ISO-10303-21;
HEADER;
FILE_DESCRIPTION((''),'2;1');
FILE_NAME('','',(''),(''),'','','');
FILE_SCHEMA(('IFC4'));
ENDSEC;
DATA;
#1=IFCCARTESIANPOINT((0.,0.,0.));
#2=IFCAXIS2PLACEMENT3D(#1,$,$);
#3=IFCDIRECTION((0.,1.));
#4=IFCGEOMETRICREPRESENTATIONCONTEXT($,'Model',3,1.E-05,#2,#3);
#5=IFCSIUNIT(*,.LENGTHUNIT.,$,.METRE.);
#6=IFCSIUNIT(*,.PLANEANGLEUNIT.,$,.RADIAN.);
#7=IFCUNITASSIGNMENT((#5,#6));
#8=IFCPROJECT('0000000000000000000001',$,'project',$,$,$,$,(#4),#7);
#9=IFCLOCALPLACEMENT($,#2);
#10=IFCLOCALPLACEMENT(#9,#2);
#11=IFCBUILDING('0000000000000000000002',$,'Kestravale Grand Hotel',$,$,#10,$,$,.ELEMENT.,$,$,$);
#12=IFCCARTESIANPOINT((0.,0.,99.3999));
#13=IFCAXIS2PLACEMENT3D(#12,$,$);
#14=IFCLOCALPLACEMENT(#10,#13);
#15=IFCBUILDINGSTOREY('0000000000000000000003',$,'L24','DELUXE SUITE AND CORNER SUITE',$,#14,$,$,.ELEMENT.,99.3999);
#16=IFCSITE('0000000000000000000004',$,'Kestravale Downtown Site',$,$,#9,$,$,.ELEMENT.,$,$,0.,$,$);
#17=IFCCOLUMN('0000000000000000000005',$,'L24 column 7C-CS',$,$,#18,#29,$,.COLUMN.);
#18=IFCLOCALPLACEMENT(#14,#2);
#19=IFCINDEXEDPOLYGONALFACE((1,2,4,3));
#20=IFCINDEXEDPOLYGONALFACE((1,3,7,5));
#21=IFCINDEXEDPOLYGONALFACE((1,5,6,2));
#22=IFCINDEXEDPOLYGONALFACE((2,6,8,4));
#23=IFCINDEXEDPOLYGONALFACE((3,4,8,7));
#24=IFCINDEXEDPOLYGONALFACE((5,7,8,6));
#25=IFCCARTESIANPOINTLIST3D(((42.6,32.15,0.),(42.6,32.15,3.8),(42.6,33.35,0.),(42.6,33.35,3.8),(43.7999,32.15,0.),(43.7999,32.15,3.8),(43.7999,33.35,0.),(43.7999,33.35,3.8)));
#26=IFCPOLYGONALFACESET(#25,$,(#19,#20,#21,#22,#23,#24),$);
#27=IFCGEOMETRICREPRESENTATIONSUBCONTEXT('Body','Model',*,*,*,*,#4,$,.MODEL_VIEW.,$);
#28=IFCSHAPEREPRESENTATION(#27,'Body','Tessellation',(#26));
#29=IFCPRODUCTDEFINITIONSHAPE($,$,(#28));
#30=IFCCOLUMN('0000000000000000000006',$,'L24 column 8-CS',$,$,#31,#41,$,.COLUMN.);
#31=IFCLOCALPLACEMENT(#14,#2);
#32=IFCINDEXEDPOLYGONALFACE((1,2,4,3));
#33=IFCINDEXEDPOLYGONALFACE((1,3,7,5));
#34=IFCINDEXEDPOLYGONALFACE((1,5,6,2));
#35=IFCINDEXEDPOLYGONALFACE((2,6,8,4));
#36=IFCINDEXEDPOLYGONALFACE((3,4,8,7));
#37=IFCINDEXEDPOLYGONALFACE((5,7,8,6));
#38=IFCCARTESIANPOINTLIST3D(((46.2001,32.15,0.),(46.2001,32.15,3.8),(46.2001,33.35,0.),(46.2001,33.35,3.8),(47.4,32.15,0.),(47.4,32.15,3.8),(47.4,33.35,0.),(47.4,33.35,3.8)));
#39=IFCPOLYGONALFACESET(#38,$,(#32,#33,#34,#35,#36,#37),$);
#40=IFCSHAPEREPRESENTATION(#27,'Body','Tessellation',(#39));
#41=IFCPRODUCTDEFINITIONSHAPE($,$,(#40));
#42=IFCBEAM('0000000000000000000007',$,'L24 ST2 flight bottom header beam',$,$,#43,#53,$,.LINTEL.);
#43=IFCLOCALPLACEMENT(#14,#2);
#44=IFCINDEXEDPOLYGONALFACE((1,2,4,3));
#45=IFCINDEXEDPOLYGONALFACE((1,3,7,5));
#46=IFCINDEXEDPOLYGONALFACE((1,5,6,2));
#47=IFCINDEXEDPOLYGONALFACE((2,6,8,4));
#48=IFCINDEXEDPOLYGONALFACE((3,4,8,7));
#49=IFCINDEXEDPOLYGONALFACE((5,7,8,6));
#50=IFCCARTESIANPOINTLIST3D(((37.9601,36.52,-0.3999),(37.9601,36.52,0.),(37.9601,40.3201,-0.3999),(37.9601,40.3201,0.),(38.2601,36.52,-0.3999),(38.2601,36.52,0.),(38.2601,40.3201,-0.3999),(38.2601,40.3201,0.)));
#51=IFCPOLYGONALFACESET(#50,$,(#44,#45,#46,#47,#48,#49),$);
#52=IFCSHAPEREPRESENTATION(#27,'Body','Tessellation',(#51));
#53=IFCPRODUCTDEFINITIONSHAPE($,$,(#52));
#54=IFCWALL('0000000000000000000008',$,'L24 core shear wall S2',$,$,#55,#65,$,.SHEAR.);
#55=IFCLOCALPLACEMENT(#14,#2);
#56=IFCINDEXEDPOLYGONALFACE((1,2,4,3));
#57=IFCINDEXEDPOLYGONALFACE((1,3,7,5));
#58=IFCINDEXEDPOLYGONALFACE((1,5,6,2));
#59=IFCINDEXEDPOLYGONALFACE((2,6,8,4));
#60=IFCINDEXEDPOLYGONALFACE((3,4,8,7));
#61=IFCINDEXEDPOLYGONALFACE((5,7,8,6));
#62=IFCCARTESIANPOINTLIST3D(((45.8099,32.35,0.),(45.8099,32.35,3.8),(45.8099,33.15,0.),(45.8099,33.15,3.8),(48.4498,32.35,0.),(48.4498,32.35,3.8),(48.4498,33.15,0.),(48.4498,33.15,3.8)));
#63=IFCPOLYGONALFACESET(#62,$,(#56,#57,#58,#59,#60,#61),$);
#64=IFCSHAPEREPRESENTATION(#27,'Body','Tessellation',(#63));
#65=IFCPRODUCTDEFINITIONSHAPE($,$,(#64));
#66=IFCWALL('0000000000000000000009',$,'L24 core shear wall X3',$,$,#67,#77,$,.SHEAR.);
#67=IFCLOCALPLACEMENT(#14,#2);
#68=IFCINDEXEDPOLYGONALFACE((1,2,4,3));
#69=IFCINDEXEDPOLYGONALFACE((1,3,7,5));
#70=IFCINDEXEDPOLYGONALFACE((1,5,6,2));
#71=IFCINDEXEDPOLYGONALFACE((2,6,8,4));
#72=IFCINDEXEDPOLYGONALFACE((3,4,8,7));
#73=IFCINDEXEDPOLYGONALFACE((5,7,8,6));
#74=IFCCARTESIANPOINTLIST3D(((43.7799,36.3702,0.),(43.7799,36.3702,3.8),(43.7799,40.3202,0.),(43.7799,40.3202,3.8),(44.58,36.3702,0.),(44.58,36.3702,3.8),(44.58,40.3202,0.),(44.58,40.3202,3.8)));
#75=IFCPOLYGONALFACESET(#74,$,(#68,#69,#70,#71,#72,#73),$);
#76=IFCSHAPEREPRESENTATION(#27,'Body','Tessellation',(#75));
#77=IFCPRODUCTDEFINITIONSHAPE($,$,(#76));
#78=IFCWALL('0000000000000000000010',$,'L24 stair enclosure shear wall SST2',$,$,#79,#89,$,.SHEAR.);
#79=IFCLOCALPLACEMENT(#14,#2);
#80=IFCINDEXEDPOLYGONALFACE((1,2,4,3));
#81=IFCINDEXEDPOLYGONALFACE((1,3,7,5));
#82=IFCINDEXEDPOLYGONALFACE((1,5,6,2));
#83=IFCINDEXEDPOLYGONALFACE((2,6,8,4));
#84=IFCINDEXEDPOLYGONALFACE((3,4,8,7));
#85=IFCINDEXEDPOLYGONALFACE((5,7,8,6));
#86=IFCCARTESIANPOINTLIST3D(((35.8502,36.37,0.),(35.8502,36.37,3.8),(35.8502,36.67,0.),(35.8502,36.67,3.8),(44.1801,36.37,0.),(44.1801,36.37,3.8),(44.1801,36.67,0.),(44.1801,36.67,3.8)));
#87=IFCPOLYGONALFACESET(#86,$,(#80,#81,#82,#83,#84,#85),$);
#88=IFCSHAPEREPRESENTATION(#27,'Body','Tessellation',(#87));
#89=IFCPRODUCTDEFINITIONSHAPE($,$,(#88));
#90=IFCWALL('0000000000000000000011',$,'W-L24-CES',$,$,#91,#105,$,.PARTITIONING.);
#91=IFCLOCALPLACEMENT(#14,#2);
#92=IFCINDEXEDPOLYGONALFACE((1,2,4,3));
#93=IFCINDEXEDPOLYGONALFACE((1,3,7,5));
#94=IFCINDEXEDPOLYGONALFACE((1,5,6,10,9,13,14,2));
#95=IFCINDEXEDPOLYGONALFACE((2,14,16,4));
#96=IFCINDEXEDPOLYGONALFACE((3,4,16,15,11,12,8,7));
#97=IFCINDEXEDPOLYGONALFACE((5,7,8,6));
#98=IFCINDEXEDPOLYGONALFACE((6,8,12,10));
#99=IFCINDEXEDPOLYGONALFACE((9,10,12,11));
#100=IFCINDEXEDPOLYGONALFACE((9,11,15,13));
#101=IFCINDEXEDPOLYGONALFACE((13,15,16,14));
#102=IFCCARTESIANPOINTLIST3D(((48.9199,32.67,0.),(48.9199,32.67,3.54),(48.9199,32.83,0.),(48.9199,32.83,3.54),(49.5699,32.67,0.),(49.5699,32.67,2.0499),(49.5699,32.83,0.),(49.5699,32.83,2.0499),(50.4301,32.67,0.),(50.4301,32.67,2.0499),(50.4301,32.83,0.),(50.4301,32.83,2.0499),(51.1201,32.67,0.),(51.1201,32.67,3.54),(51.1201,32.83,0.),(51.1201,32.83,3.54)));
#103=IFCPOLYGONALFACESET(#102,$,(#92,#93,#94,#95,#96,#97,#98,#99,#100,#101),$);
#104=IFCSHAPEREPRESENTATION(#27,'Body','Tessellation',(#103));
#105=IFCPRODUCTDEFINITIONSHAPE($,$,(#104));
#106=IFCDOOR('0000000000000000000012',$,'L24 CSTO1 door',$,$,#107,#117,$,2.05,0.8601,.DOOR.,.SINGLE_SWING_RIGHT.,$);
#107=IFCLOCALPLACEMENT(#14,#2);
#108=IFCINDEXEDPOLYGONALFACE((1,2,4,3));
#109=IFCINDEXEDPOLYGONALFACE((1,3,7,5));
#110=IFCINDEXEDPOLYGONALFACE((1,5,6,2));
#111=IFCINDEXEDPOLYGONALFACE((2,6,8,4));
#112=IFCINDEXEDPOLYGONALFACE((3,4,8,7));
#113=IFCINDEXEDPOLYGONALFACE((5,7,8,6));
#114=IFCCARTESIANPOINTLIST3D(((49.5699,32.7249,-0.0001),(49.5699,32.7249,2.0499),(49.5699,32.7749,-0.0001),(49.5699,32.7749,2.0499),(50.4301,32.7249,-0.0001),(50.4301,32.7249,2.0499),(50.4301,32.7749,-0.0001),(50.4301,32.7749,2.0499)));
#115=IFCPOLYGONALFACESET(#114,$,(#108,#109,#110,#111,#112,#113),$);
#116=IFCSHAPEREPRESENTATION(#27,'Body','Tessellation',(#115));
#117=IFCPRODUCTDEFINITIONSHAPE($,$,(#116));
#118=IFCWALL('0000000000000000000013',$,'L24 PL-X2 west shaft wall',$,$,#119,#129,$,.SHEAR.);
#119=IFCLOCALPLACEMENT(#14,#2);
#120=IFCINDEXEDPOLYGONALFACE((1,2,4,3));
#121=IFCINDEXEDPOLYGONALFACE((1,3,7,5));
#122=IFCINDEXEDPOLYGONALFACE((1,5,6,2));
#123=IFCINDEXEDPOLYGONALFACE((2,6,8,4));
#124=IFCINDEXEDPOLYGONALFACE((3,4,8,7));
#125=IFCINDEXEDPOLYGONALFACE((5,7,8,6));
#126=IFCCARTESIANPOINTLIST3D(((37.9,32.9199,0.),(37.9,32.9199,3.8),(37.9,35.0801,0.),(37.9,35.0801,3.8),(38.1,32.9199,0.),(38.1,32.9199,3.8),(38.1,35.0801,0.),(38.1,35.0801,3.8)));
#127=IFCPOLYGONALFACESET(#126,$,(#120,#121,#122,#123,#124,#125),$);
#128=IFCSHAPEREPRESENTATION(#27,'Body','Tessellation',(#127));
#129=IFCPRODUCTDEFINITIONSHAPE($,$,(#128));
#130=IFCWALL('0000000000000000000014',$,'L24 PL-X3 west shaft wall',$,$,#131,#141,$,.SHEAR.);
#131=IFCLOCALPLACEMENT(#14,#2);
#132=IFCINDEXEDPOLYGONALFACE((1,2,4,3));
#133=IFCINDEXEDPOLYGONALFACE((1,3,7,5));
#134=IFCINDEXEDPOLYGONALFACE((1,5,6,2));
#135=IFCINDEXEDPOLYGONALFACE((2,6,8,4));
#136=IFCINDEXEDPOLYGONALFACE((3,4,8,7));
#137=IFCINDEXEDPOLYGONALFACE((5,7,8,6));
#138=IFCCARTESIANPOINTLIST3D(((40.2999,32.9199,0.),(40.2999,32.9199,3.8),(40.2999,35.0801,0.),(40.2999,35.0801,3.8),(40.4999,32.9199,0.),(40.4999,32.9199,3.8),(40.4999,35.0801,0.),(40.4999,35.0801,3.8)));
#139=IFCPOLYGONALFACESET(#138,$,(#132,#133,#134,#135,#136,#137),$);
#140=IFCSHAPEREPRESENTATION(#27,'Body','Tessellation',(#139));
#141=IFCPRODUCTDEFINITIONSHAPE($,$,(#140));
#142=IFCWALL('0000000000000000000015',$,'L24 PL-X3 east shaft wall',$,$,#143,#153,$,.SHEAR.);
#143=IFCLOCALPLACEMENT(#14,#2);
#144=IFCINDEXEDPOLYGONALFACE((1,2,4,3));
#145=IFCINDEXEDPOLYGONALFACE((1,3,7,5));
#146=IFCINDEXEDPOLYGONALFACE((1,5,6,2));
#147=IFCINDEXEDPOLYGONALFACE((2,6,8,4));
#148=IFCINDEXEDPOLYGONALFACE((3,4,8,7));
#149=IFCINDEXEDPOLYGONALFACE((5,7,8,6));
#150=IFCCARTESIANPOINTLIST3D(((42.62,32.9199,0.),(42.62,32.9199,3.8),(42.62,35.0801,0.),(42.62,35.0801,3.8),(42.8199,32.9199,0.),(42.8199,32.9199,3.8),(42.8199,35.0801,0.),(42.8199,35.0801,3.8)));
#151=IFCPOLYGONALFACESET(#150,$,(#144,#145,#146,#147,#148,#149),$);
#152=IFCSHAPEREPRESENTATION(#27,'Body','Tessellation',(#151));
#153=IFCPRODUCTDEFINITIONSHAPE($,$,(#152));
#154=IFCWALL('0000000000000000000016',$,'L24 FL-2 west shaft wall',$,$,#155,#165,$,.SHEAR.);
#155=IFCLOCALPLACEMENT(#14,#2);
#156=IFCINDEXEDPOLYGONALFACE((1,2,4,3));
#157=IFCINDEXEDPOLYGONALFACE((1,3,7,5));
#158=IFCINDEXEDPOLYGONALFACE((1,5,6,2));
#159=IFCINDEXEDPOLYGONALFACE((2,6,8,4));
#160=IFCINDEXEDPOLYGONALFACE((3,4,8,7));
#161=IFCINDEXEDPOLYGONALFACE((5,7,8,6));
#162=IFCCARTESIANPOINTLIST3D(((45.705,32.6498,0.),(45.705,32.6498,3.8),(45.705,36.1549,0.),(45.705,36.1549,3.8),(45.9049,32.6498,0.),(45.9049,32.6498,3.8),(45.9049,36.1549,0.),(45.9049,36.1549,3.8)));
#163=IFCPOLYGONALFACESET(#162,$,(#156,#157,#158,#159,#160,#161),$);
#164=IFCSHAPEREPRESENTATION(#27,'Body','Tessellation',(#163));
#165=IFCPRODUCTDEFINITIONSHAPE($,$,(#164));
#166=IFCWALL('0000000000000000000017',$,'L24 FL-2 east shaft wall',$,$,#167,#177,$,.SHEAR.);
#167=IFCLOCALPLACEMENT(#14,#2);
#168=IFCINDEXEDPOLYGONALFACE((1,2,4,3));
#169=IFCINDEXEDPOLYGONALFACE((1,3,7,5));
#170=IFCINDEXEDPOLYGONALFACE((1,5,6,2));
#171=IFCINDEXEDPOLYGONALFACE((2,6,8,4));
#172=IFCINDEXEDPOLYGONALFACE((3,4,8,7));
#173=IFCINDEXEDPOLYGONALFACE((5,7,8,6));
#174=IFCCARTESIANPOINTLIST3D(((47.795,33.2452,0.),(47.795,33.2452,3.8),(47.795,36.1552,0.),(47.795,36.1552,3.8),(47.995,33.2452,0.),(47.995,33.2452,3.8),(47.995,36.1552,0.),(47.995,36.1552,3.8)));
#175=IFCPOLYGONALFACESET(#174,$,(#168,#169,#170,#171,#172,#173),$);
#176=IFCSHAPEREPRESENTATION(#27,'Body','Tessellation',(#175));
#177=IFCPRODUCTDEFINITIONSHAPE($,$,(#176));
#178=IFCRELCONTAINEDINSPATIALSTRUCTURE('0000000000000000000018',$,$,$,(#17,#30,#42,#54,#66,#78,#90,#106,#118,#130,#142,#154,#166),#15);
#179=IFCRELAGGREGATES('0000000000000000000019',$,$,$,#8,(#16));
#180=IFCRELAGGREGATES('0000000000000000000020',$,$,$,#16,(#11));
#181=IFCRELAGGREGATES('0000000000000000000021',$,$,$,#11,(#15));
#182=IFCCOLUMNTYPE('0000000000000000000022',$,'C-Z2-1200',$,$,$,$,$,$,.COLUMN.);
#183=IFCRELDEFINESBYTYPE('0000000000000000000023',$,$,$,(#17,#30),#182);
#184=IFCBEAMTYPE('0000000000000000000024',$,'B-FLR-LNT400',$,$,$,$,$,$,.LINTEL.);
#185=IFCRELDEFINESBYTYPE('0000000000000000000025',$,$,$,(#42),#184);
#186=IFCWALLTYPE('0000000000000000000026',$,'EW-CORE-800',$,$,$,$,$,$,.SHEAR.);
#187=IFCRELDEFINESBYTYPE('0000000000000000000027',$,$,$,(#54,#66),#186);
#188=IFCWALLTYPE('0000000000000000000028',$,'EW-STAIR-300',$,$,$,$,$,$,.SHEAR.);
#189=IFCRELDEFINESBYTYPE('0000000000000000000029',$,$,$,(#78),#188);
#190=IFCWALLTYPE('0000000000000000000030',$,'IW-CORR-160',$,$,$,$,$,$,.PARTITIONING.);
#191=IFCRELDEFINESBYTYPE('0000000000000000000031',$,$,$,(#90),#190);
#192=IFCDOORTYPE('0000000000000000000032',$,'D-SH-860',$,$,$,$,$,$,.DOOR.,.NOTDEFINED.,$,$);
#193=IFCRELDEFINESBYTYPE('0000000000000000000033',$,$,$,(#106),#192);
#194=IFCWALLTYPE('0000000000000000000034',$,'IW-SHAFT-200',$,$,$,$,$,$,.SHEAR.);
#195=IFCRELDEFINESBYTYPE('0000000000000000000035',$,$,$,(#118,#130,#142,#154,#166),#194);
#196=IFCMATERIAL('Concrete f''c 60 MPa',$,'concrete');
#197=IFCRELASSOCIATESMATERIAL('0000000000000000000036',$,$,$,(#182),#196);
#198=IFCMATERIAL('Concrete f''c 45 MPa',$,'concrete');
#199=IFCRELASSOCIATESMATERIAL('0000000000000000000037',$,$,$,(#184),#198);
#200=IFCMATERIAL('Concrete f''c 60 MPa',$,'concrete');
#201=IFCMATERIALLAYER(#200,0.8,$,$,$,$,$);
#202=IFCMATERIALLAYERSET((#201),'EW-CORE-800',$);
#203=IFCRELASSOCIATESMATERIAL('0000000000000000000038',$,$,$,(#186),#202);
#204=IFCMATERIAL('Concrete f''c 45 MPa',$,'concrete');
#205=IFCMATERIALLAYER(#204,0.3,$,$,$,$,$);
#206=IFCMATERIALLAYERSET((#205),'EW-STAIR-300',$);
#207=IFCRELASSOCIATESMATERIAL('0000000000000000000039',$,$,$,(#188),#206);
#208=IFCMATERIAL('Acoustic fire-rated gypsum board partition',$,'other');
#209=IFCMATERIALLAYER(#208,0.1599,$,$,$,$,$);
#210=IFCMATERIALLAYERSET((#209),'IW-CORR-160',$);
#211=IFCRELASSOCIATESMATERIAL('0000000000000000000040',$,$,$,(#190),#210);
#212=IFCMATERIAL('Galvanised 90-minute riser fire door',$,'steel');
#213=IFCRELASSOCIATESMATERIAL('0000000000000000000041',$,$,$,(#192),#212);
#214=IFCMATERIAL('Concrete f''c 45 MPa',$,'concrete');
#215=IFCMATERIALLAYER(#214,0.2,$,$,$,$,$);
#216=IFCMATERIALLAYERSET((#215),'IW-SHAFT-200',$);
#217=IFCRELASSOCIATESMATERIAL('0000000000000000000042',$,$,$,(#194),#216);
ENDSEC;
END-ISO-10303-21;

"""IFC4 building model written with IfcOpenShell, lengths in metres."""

from ifc_helpers import new_model, si_unit, direction, frame, frame_2d, origin, origin_2d, place, context, subcontext, project, spatial, rectangle, extrude, material, layer, layer_set, material_profile, profile_set, type_object, element, fill, save


model = new_model("IFC4")

# Units and contexts
model_context = context("Model", 3, precision=1e-05, world=origin(), true_north=direction((0.0, 1.0)))
body_context = subcontext(model_context, "Body", "Model", "MODEL_VIEW")
ifc_project = project(units=[si_unit("LENGTHUNIT", "METRE"), si_unit("PLANEANGLEUNIT", "RADIAN")], contexts=[model_context])

# Site, building, storey
site_placement = place(None, origin())
site = spatial("IfcSite", under=ifc_project, at=site_placement, Name="Kestravale Downtown Site", CompositionType="ELEMENT", RefElevation=0.0)
building_placement = place(site_placement, origin())
building = spatial("IfcBuilding", under=site, at=building_placement, Name="Kestravale Grand Hotel", CompositionType="ELEMENT")
storey_placement = place(building_placement, frame((0.0, 0.0, 99.3999)))
storey = spatial("IfcBuildingStorey", under=building, at=storey_placement, Name="L24", Description="DELUXE SUITE AND CORNER SUITE", CompositionType="ELEMENT", Elevation=99.3999)

# Columns
ifc_material_1 = material(Name="Concrete f'c 60 MPa", Category="concrete")
ifc_material_profile_1 = material_profile(ifc_material_1, rectangle(XDim=1.2, YDim=1.2, at=origin_2d()))
ifc_profile_set_1 = profile_set([ifc_material_profile_1], Name="Concrete f'c 60 MPa")
column_type = type_object("IfcColumnType", Name="C-Z2-1200", PredefinedType="COLUMN", material=ifc_profile_set_1)
for number, where, z_axis, x_axis, name in (
    (1, (43.2, 32.75, 0.0), (0.0, 0.0, 1.0), (1.0, 0.0, 0.0), "L24 column 7C-CS"),
    (2, (46.8, 32.75, 0.0), (0.0, 0.0, 1.0), (1.0, 0.0, 0.0), "L24 column 8-CS"),
):
    element("IfcColumn", number, at=place(storey_placement, frame(where, z_axis=z_axis, x_axis=x_axis)), inside=storey, type_object=column_type, Name=name, PredefinedType="COLUMN", context=body_context, shape_type="SweptSolid", body=[
        extrude(rectangle(XDim=1.2, YDim=1.2, at=origin_2d()), origin(), (0.0, 0.0, 1.0), 3.8),
    ])

# Beam
ifc_material_2 = material(Name="Concrete f'c 45 MPa", Category="concrete")
ifc_material_profile_2 = material_profile(ifc_material_2, rectangle(XDim=0.3, YDim=0.3999, at=origin_2d()))
ifc_profile_set_2 = profile_set([ifc_material_profile_2], Name="Concrete f'c 45 MPa")
beam_type = type_object("IfcBeamType", Name="B-FLR-LNT400", PredefinedType="LINTEL", material=ifc_profile_set_2)
beam_placement = place(storey_placement, frame((38.1101, 36.52, -0.2), z_axis=(0.0, 1.0, 0.0), x_axis=(-1.0, 0.0, 0.0)))
element("IfcBeam", 3, at=beam_placement, inside=storey, type_object=beam_type, Name="L24 ST2 flight bottom header beam", PredefinedType="LINTEL", context=body_context, shape_type="SweptSolid", body=[
    extrude(rectangle(XDim=0.3, YDim=0.3999, at=origin_2d()), origin(), (0.0, 0.0, 1.0), 3.8),
])

# Wall
ifc_material_3 = material(Name="Concrete f'c 60 MPa", Category="concrete")
ifc_layer_1 = layer(ifc_material_3, 0.8)
ifc_layer_set_1 = layer_set([ifc_layer_1], Name="EW-CORE-800")
wall_type_1 = type_object("IfcWallType", Name="EW-CORE-800", PredefinedType="SHEAR", material=ifc_layer_set_1)
wall_1_placement = place(storey_placement, frame((45.8101, 32.75, 0.0), z_axis=(0.0, 0.0, 1.0), x_axis=(1.0, 0.0, 0.0)))
element("IfcWall", 4, at=wall_1_placement, inside=storey, type_object=wall_type_1, Name="L24 core shear wall S2", PredefinedType="SHEAR", context=body_context, shape_type="SweptSolid", body=[
    extrude(rectangle(XDim=2.6399, YDim=0.8, at=frame_2d((1.3198, 0.0))), origin(), (0.0, 0.0, 1.0), 3.8),
])

# Wall
wall_2_placement = place(storey_placement, frame((44.1799, 36.3701, 0.0), z_axis=(0.0, 0.0, 1.0), x_axis=(0.0, 1.0, 0.0)))
element("IfcWall", 5, at=wall_2_placement, inside=storey, type_object=wall_type_1, Name="L24 core shear wall X3", PredefinedType="SHEAR", context=body_context, shape_type="SweptSolid", body=[
    extrude(rectangle(XDim=3.95, YDim=0.8, at=frame_2d((1.9751, 0.0))), origin(), (0.0, 0.0, 1.0), 3.8),
])

# Wall
ifc_material_4 = material(Name="Concrete f'c 45 MPa", Category="concrete")
ifc_layer_2 = layer(ifc_material_4, 0.3)
ifc_layer_set_2 = layer_set([ifc_layer_2], Name="EW-STAIR-300")
wall_type_2 = type_object("IfcWallType", Name="EW-STAIR-300", PredefinedType="SHEAR", material=ifc_layer_set_2)
wall_3_placement = place(storey_placement, frame((35.8501, 36.52, 0.0), z_axis=(0.0, 0.0, 1.0), x_axis=(1.0, 0.0, 0.0)))
element("IfcWall", 6, at=wall_3_placement, inside=storey, type_object=wall_type_2, Name="L24 stair enclosure shear wall SST2", PredefinedType="SHEAR", context=body_context, shape_type="SweptSolid", body=[
    extrude(rectangle(XDim=8.3298, YDim=0.3, at=frame_2d((4.165, 0.0))), origin(), (0.0, 0.0, 1.0), 3.8),
])

# Wall, opening, door
ifc_material_5 = material(Name="Acoustic fire-rated gypsum board partition", Category="other")
ifc_layer_3 = layer(ifc_material_5, 0.1599)
ifc_layer_set_3 = layer_set([ifc_layer_3], Name="IW-CORR-160")
wall_type_3 = type_object("IfcWallType", Name="IW-CORR-160", PredefinedType="PARTITIONING", material=ifc_layer_set_3)
wall_4_placement = place(storey_placement, frame((48.9199, 32.75, 0.0), z_axis=(0.0, 0.0, 1.0), x_axis=(1.0, 0.0, 0.0)))
wall_4 = element("IfcWall", 7, at=wall_4_placement, inside=storey, type_object=wall_type_3, Name="W-L24-CES", PredefinedType="PARTITIONING", context=body_context, shape_type="SweptSolid", body=[
    extrude(rectangle(XDim=2.2002, YDim=0.1599, at=frame_2d((1.1001, 0.0))), origin(), (0.0, 0.0, 1.0), 3.54),
])
opening_1_placement = place(wall_4_placement, frame((0.6499, 0.0, 0.0)))
opening_1 = element("IfcOpeningElement", 8, at=opening_1_placement, cuts=wall_4, PredefinedType="OPENING", context=body_context, shape_type="SweptSolid", body=[
    extrude(rectangle(XDim=0.8601, YDim=2.05, at=frame_2d((0.4302, 1.0249))), frame((0.0, 0.0898, 0.0), z_axis=(0.0, -1.0, 0.0), x_axis=(1.0, 0.0, 0.0)), (0.0, 0.0, 1.0), 0.1799),
])
ifc_material_6 = material(Name="Galvanised 90-minute riser fire door", Category="steel")
door_type_1 = type_object("IfcDoorType", Name="D-SH-860", OperationType="NOTDEFINED", PredefinedType="DOOR", material=ifc_material_6)
door_1_placement = place(opening_1_placement, origin())
door_1 = element("IfcDoor", 9, at=door_1_placement, inside=storey, type_object=door_type_1, Name="L24 CSTO1 door", OperationType="SINGLE_SWING_RIGHT", OverallHeight=2.05, OverallWidth=0.8601, PredefinedType="DOOR", context=body_context, shape_type="SweptSolid", body=[
    extrude(rectangle(XDim=0.8601, YDim=2.05, at=frame_2d((0.4302, 1.0249))), frame((0.0, 0.0249, 0.0), z_axis=(0.0, -1.0, 0.0), x_axis=(1.0, 0.0, 0.0)), (0.0, 0.0, 1.0), 0.05),
])
fill(opening_1, door_1)

# Walls
ifc_material_7 = material(Name="Concrete f'c 45 MPa", Category="concrete")
ifc_layer_4 = layer(ifc_material_7, 0.2)
ifc_layer_set_4 = layer_set([ifc_layer_4], Name="IW-SHAFT-200")
wall_type_4 = type_object("IfcWallType", Name="IW-SHAFT-200", PredefinedType="SHEAR", material=ifc_layer_set_4)
for number, where, z_axis, x_axis, name in (
    (10, (38.0, 32.9199, 0.0), (0.0, 0.0, 1.0), (0.0, 1.0, 0.0), "L24 PL-X2 west shaft wall"),
    (11, (40.3999, 32.9199, 0.0), (0.0, 0.0, 1.0), (0.0, 1.0, 0.0), "L24 PL-X3 west shaft wall"),
    (12, (42.72, 32.9199, 0.0), (0.0, 0.0, 1.0), (0.0, 1.0, 0.0), "L24 PL-X3 east shaft wall"),
):
    element("IfcWall", number, at=place(storey_placement, frame(where, z_axis=z_axis, x_axis=x_axis)), inside=storey, type_object=wall_type_4, Name=name, PredefinedType="SHEAR", context=body_context, shape_type="SweptSolid", body=[
        extrude(rectangle(XDim=2.1602, YDim=0.2, at=frame_2d((1.0801, 0.0))), origin(), (0.0, 0.0, 1.0), 3.8),
    ])
wall_5_placement = place(storey_placement, frame((45.8049, 32.6499, 0.0), z_axis=(0.0, 0.0, 1.0), x_axis=(0.0, 1.0, 0.0)))
element("IfcWall", 13, at=wall_5_placement, inside=storey, type_object=wall_type_4, Name="L24 FL-2 west shaft wall", PredefinedType="SHEAR", context=body_context, shape_type="SweptSolid", body=[
    extrude(rectangle(XDim=3.5051, YDim=0.2, at=frame_2d((1.7524, 0.0))), origin(), (0.0, 0.0, 1.0), 3.8),
])
wall_6_placement = place(storey_placement, frame((47.895, 33.2451, 0.0), z_axis=(0.0, 0.0, 1.0), x_axis=(0.0, 1.0, 0.0)))
element("IfcWall", 14, at=wall_6_placement, inside=storey, type_object=wall_type_4, Name="L24 FL-2 east shaft wall", PredefinedType="SHEAR", context=body_context, shape_type="SweptSolid", body=[
    extrude(rectangle(XDim=2.9099, YDim=0.2, at=frame_2d((1.4551, 0.0))), origin(), (0.0, 0.0, 1.0), 3.8),
])

save(model, "model.ifc")
